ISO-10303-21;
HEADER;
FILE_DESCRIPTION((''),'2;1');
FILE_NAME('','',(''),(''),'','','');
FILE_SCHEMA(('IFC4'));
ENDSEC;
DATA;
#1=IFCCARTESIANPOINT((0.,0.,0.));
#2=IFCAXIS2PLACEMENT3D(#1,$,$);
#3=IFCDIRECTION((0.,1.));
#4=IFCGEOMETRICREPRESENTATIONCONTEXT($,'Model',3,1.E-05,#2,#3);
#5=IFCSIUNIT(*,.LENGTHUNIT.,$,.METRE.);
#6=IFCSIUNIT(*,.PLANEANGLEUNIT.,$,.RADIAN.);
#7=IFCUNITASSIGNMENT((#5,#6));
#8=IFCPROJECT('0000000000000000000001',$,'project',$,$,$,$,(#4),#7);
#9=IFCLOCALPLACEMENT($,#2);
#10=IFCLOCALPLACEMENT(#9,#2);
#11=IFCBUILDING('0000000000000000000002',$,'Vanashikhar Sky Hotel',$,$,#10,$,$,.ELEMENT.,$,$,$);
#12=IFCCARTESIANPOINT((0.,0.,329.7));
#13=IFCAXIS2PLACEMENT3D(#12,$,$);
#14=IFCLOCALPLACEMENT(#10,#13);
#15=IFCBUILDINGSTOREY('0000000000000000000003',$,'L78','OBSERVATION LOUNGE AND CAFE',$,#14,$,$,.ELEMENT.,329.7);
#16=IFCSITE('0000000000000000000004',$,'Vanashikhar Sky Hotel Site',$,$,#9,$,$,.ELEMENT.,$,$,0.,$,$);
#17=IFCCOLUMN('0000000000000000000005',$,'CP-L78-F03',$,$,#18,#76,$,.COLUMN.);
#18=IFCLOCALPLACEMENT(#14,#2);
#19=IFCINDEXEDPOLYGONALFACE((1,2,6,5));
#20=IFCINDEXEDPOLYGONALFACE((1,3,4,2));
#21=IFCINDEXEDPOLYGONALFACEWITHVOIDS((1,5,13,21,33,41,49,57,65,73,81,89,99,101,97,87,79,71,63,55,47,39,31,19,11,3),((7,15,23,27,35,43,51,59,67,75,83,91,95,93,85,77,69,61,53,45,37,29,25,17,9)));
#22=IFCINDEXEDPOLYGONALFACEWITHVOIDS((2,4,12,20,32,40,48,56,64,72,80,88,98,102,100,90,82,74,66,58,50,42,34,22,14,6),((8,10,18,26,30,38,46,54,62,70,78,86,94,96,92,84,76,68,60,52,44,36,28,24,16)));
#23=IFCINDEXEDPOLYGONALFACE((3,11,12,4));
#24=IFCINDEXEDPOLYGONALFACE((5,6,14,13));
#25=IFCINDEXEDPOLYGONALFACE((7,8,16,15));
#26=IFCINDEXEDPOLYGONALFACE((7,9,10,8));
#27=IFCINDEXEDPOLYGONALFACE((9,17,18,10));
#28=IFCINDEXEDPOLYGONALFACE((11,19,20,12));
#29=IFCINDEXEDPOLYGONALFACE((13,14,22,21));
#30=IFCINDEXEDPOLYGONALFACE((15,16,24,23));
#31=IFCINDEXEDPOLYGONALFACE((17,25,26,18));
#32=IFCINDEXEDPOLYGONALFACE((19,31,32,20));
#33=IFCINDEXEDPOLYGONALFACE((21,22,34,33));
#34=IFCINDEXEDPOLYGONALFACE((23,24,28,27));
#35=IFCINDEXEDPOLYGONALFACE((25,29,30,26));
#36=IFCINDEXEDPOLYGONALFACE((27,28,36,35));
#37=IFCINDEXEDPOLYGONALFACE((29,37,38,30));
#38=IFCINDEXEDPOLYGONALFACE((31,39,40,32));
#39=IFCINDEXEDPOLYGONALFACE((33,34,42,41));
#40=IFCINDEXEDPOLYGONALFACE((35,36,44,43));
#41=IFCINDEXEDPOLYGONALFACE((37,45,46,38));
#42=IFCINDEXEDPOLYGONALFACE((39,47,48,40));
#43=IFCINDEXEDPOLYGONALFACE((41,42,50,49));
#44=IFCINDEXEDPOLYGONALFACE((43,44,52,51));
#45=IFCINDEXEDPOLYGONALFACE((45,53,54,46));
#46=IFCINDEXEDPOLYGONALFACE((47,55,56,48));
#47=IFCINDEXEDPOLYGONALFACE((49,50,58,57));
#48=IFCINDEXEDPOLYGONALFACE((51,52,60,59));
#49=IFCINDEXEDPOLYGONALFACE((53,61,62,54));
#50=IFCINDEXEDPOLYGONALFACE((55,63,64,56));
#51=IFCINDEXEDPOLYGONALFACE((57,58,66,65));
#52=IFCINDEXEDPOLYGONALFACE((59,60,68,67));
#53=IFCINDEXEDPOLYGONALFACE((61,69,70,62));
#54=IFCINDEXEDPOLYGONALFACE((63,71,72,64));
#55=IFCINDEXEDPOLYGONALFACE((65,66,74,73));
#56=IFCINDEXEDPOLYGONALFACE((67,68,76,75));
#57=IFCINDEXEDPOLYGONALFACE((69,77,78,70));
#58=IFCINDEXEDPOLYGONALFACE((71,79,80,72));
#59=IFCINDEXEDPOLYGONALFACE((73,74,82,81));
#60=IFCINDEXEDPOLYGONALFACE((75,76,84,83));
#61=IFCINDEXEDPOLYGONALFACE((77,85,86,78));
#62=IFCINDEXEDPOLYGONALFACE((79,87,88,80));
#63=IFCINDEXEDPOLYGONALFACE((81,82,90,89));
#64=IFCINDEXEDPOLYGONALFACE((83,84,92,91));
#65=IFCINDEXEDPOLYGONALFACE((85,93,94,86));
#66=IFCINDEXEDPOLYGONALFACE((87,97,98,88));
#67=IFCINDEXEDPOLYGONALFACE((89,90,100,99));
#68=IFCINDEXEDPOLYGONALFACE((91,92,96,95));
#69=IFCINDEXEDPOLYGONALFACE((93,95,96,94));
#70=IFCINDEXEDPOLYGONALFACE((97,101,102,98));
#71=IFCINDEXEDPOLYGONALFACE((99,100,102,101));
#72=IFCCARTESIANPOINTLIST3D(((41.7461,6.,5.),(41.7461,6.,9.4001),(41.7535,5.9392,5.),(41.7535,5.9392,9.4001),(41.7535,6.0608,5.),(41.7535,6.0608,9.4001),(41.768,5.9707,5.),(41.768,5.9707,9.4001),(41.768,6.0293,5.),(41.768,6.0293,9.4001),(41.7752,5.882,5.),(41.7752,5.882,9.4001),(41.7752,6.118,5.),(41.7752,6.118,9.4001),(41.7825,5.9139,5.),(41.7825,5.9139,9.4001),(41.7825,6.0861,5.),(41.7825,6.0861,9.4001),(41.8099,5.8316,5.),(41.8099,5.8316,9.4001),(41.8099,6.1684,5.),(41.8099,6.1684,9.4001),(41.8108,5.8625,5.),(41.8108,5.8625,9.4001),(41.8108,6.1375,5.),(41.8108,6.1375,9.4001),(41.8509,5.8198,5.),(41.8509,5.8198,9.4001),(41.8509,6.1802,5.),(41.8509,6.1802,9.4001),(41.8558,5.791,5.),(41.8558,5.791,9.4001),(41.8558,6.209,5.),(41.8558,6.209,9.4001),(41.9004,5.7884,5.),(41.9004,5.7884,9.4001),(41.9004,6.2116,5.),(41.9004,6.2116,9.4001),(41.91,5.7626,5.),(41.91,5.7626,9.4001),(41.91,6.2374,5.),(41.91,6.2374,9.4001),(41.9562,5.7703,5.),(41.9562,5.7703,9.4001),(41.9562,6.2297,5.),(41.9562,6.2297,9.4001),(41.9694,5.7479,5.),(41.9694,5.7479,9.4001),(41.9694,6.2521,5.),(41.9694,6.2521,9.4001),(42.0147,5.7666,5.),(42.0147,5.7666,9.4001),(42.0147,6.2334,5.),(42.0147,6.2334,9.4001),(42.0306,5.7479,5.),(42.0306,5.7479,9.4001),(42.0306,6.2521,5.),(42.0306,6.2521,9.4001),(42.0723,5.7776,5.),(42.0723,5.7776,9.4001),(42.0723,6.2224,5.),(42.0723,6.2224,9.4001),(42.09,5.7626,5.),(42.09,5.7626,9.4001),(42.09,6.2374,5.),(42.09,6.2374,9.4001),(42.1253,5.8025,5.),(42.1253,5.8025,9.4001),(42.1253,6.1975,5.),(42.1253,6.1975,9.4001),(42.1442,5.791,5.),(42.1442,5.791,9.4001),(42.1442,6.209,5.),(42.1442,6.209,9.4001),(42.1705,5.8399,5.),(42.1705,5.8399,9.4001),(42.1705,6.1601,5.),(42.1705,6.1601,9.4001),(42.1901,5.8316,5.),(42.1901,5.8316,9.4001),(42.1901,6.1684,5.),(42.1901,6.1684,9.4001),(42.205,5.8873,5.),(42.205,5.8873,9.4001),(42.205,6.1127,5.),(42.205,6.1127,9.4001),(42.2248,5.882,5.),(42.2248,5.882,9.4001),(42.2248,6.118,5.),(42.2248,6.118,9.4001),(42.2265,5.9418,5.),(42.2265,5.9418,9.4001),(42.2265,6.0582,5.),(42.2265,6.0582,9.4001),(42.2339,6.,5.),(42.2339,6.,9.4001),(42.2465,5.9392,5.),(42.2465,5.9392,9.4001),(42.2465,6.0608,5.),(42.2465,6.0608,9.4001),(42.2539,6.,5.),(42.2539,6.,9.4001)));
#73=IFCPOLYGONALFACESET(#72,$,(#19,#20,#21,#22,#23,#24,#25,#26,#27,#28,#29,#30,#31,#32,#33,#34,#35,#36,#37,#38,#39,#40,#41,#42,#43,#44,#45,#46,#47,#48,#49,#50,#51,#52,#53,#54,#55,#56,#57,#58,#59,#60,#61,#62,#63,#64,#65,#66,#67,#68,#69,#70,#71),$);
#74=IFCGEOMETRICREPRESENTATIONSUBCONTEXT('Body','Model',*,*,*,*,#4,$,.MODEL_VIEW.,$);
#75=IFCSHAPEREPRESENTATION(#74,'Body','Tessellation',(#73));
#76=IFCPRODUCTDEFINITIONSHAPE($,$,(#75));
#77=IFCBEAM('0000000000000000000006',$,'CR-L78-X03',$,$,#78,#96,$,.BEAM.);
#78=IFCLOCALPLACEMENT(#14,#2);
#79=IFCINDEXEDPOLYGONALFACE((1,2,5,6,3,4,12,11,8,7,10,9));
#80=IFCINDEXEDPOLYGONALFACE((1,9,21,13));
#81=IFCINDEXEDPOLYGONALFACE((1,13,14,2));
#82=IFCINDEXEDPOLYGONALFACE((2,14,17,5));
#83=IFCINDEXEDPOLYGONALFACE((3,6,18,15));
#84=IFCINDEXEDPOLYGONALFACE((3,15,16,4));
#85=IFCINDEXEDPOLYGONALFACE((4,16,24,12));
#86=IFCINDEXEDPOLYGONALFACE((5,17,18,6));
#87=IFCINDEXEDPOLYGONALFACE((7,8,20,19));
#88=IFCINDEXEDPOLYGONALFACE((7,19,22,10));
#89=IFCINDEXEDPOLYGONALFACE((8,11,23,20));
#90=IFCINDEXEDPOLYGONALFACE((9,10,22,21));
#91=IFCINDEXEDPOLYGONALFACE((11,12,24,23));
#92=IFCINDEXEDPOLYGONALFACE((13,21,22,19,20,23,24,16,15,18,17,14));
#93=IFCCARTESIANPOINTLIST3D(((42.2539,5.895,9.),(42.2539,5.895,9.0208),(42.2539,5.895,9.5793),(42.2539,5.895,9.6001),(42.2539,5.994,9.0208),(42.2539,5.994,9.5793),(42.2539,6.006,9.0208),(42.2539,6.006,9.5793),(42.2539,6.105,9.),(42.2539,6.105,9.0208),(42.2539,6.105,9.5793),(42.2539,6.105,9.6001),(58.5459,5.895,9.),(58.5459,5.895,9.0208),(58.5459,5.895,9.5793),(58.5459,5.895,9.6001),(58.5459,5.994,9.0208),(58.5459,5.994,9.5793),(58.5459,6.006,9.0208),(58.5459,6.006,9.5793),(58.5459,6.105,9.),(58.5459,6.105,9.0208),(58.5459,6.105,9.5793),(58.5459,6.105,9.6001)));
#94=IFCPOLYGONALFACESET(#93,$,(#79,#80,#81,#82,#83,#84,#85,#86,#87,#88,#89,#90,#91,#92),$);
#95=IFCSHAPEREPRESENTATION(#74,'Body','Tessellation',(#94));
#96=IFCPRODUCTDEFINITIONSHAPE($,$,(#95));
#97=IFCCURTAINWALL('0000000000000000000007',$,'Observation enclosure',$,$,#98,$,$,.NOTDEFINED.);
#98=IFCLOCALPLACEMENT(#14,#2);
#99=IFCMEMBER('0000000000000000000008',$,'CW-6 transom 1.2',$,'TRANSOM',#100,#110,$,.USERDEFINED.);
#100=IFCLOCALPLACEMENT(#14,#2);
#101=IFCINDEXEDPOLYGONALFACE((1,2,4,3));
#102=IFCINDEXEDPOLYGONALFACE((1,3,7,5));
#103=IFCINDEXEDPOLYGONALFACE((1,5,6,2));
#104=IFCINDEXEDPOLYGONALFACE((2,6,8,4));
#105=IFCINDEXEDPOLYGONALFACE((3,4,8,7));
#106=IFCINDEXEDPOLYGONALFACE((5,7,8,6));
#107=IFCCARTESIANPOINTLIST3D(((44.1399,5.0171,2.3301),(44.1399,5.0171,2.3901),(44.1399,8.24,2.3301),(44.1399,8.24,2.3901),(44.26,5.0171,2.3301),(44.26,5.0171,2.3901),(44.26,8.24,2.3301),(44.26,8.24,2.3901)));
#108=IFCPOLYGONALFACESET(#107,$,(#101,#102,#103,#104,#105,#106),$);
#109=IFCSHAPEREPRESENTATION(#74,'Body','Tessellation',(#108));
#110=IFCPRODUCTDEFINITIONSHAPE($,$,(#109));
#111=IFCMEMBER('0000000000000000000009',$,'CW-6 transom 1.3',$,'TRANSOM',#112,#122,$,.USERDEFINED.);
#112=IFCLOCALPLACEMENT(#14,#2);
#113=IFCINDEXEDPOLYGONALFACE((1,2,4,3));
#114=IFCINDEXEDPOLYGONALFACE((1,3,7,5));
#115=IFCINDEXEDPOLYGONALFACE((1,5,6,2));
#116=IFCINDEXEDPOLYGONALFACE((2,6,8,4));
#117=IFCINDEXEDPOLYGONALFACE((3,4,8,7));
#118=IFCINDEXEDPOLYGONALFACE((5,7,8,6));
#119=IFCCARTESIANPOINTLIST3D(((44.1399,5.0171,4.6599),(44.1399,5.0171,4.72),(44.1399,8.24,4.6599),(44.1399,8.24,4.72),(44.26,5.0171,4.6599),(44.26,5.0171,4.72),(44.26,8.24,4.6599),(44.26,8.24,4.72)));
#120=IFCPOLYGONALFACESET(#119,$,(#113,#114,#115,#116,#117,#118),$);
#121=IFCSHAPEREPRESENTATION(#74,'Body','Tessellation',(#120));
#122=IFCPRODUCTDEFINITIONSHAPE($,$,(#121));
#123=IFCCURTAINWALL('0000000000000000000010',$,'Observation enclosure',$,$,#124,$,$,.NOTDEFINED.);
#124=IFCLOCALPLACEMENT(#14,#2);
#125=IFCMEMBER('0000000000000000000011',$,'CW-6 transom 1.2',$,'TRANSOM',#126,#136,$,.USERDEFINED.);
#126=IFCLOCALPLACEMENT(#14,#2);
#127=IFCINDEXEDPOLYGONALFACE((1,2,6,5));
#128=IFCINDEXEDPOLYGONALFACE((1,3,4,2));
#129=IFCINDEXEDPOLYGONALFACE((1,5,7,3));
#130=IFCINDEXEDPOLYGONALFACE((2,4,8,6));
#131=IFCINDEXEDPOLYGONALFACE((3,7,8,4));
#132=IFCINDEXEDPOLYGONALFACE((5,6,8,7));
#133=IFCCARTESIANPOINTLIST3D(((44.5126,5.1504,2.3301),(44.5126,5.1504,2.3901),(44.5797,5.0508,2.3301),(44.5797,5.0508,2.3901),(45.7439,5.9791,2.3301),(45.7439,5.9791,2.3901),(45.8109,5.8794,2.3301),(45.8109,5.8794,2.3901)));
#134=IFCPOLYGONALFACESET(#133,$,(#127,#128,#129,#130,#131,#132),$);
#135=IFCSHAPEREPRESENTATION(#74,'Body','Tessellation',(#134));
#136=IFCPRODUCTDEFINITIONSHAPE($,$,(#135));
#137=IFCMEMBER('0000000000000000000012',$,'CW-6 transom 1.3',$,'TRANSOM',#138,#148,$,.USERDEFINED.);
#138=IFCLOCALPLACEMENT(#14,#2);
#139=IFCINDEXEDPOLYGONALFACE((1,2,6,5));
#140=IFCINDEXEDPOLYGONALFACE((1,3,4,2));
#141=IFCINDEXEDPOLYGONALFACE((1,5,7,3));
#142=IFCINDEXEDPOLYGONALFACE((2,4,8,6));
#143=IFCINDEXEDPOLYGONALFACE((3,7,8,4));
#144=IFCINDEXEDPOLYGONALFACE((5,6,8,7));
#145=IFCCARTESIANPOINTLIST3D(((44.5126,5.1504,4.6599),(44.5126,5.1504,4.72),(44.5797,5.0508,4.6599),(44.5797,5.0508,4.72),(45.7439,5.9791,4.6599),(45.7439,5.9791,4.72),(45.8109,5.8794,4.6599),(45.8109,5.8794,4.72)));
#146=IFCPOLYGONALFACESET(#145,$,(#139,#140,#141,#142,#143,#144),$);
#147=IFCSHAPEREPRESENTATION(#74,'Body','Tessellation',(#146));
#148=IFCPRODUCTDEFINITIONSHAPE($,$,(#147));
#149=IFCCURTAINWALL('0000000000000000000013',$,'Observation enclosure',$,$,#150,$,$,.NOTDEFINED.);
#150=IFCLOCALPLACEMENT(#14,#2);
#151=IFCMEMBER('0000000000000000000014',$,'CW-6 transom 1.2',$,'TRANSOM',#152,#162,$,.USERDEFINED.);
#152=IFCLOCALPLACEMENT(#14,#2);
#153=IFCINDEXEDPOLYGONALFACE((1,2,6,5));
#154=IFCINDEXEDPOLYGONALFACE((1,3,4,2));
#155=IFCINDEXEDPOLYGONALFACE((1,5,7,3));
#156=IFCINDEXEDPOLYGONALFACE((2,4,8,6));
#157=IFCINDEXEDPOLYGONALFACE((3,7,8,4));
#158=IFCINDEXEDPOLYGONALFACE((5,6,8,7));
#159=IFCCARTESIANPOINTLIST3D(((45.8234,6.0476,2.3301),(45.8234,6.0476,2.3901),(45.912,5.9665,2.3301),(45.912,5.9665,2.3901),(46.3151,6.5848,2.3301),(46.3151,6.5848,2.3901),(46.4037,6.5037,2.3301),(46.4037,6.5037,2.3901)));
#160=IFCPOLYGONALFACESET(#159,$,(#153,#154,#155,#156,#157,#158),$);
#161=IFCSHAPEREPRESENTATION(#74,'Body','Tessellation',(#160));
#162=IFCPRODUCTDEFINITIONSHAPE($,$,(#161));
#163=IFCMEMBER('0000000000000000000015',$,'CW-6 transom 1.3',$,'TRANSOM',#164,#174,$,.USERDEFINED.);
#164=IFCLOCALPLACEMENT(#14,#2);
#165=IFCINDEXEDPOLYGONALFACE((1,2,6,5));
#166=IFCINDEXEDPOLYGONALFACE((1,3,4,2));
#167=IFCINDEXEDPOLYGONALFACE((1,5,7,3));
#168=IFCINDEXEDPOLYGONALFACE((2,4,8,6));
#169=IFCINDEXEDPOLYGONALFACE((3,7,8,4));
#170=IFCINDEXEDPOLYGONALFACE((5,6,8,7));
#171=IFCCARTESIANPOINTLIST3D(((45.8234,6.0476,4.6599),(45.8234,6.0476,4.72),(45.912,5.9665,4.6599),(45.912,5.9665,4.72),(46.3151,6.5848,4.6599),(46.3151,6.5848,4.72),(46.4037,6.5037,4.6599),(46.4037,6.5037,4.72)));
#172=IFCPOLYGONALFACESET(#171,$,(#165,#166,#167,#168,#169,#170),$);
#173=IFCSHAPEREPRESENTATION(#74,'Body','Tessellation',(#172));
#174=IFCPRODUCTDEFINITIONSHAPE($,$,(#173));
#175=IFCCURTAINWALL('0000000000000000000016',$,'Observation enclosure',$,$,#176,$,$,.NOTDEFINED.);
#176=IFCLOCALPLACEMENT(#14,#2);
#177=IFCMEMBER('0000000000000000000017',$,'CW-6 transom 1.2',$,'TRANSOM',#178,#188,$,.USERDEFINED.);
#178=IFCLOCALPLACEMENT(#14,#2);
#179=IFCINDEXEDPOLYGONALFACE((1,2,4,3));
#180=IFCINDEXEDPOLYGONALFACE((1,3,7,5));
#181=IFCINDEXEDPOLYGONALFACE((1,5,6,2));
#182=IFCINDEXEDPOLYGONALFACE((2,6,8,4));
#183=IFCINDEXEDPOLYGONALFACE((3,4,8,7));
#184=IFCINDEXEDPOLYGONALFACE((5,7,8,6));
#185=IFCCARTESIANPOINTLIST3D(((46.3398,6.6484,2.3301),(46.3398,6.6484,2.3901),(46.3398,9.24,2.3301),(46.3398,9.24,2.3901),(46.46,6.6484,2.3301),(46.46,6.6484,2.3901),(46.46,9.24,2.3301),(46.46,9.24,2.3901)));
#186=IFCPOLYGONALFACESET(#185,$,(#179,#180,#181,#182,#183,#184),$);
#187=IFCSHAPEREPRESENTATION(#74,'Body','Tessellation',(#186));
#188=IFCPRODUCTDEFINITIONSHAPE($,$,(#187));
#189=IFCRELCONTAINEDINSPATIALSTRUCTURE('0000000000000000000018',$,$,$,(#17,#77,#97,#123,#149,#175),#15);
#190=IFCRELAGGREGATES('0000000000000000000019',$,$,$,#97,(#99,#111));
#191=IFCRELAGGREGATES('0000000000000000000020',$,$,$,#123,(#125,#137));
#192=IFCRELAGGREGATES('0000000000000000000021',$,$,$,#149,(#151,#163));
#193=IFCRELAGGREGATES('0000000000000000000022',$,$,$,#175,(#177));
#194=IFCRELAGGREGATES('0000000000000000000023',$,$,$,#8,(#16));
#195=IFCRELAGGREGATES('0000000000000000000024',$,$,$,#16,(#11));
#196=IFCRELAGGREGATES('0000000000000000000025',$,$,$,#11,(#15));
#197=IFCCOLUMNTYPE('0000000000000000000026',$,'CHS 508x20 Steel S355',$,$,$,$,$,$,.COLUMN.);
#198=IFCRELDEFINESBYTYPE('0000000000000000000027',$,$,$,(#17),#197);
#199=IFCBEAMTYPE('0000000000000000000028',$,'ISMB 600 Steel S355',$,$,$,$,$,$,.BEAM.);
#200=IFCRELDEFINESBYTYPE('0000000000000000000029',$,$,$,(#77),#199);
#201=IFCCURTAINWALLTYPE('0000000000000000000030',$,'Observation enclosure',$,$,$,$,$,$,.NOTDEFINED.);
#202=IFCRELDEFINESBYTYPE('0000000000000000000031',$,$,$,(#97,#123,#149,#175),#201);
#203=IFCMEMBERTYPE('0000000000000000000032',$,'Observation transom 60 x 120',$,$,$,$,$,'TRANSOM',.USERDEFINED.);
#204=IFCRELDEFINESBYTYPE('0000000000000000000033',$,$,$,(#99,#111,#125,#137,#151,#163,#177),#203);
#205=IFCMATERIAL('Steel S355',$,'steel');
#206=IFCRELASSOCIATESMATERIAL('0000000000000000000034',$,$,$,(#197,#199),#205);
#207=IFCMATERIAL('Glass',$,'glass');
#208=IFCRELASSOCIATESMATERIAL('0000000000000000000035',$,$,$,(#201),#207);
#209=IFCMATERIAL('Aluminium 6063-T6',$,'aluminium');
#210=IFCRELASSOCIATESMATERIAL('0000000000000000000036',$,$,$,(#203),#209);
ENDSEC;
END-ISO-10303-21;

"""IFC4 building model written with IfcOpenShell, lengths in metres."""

from ifc_helpers import new_model, si_unit, direction, frame, origin, origin_2d, place, context, subcontext, project, spatial, rectangle, hollow_circle, i_section, extrude, source, transform, mapped, material, material_profile, profile_set, type_object, element, aggregate, save


model = new_model("IFC4")

# Units and contexts
model_context = context("Model", 3, precision=1e-05, world=origin(), true_north=direction((0.0, 1.0)))
body_context = subcontext(model_context, "Body", "Model", "MODEL_VIEW")
ifc_project = project(units=[si_unit("LENGTHUNIT", "METRE"), si_unit("PLANEANGLEUNIT", "RADIAN")], contexts=[model_context])

# Site, building, storey
site_placement = place(None, origin())
site = spatial("IfcSite", under=ifc_project, at=site_placement, Name="Vanashikhar Sky Hotel Site", CompositionType="ELEMENT", RefElevation=0.0)
building_placement = place(site_placement, origin())
building = spatial("IfcBuilding", under=site, at=building_placement, Name="Vanashikhar Sky Hotel", CompositionType="ELEMENT")
storey_placement = place(building_placement, frame((0.0, 0.0, 329.7)))
storey = spatial("IfcBuildingStorey", under=building, at=storey_placement, Name="L78", Description="OBSERVATION LOUNGE AND CAFE", CompositionType="ELEMENT", Elevation=329.7)

# Column
ifc_material_1 = material(Name="Steel S355", Category="steel")
ifc_material_profile_1 = material_profile(ifc_material_1, hollow_circle(Radius=0.2539, WallThickness=0.02, at=origin_2d()))
ifc_profile_set_1 = profile_set([ifc_material_profile_1], Name="CHS 508x20 Steel S355")
column_type = type_object("IfcColumnType", Name="CHS 508x20 Steel S355", PredefinedType="COLUMN", material=ifc_profile_set_1)
shared_shape_1 = source(origin(), body_context, "Body", "SweptSolid", [
    extrude(hollow_circle(Radius=0.2539, WallThickness=0.02, at=origin_2d()), origin(), (0.0, 0.0, 1.0), 4.4001),
])
column_placement = place(storey_placement, frame((42.0, 6.0, 5.0), z_axis=(0.0, 0.0, 1.0), x_axis=(1.0, 0.0, 0.0)))
element("IfcColumn", 1, at=column_placement, inside=storey, type_object=column_type, Name="CP-L78-F03", PredefinedType="COLUMN", context=body_context, shape_type="MappedRepresentation", body=[
    mapped(shared_shape_1, transform((0.0, 0.0, 0.0), scale=1.0)),
])

# Beam
ifc_material_profile_2 = material_profile(ifc_material_1, i_section(OverallWidth=0.21, OverallDepth=0.6001, WebThickness=0.012, FlangeThickness=0.0208, at=origin_2d()), Name="ISMB 600")
ifc_profile_set_2 = profile_set([ifc_material_profile_2], Name="Steel S355")
beam_type = type_object("IfcBeamType", Name="ISMB 600 Steel S355", PredefinedType="BEAM", material=ifc_profile_set_2)
shared_shape_2 = source(origin(), body_context, "Body", "SweptSolid", [
    extrude(i_section(OverallWidth=0.21, OverallDepth=0.6001, WebThickness=0.012, FlangeThickness=0.0208, at=origin_2d()), origin(), (0.0, 0.0, 1.0), 16.292),
])
beam_placement = place(storey_placement, frame((42.2539, 6.0, 9.3), z_axis=(1.0, 0.0, 0.0), x_axis=(0.0, 1.0, 0.0)))
element("IfcBeam", 2, at=beam_placement, inside=storey, type_object=beam_type, Name="CR-L78-X03", PredefinedType="BEAM", context=body_context, shape_type="MappedRepresentation", body=[
    mapped(shared_shape_2, transform((0.0, 0.0, 0.0), scale=1.0)),
])

# Curtain walls, members
ifc_material_2 = material(Name="Glass", Category="glass")
curtain_wall_type = type_object("IfcCurtainWallType", Name="Observation enclosure", PredefinedType="NOTDEFINED", material=ifc_material_2)
curtain_wall_1_placement = place(storey_placement, origin())
curtain_wall_1 = element("IfcCurtainWall", 3, at=curtain_wall_1_placement, inside=storey, type_object=curtain_wall_type, Name="Observation enclosure", PredefinedType="NOTDEFINED")
ifc_material_3 = material(Name="Aluminium 6063-T6", Category="aluminium")
ifc_material_profile_3 = material_profile(ifc_material_3, rectangle(XDim=0.1201, YDim=0.0601, at=origin_2d()))
ifc_profile_set_3 = profile_set([ifc_material_profile_3], Name="Aluminium 6063-T6")
member_type = type_object("IfcMemberType", Name="Observation transom 60 x 120", ElementType="TRANSOM", PredefinedType="USERDEFINED", material=ifc_profile_set_3)
shared_shape_3 = source(origin(), body_context, "Body", "SweptSolid", [
    extrude(rectangle(XDim=0.1201, YDim=0.0601, at=origin_2d()), origin(), (0.0, 0.0, 1.0), 3.2229),
])
member_1_placement = place(storey_placement, frame((44.2, 8.24, 2.3601), z_axis=(0.0, -1.0, 0.0), x_axis=(1.0, 0.0, 0.0)))
member_1 = element("IfcMember", 4, at=member_1_placement, type_object=member_type, Name="CW-6 transom 1.2", ObjectType="TRANSOM", PredefinedType="USERDEFINED", context=body_context, shape_type="MappedRepresentation", body=[
    mapped(shared_shape_3, transform((0.0, 0.0, 0.0), scale=1.0)),
])
member_2_placement = place(storey_placement, frame((44.2, 8.24, 4.6899), z_axis=(0.0, -1.0, 0.0), x_axis=(1.0, 0.0, 0.0)))
member_2 = element("IfcMember", 5, at=member_2_placement, type_object=member_type, Name="CW-6 transom 1.3", ObjectType="TRANSOM", PredefinedType="USERDEFINED", context=body_context, shape_type="MappedRepresentation", body=[
    mapped(shared_shape_3, transform((0.0, 0.0, 0.0), scale=1.0)),
])
curtain_wall_2_placement = place(storey_placement, origin())
curtain_wall_2 = element("IfcCurtainWall", 6, at=curtain_wall_2_placement, inside=storey, type_object=curtain_wall_type, Name="Observation enclosure", PredefinedType="NOTDEFINED")
shared_shape_4 = source(origin(), body_context, "Body", "SweptSolid", [
    extrude(rectangle(XDim=0.1201, YDim=0.0601, at=origin_2d()), origin(), (0.0, 0.0, 1.0), 1.4841),
])
member_3_placement = place(storey_placement, frame((44.5461, 5.1006, 2.3601), z_axis=(0.829613, 0.558339, 0.0), x_axis=(-0.558339, 0.829613, 0.0)))
member_3 = element("IfcMember", 7, at=member_3_placement, type_object=member_type, Name="CW-6 transom 1.2", ObjectType="TRANSOM", PredefinedType="USERDEFINED", context=body_context, shape_type="MappedRepresentation", body=[
    mapped(shared_shape_4, transform((0.0, 0.0, 0.0), scale=1.0)),
])
member_4_placement = place(storey_placement, frame((44.5461, 5.1006, 4.6899), z_axis=(0.829613, 0.558339, 0.0), x_axis=(-0.558339, 0.829613, 0.0)))
member_4 = element("IfcMember", 8, at=member_4_placement, type_object=member_type, Name="CW-6 transom 1.3", ObjectType="TRANSOM", PredefinedType="USERDEFINED", context=body_context, shape_type="MappedRepresentation", body=[
    mapped(shared_shape_4, transform((0.0, 0.0, 0.0), scale=1.0)),
])
curtain_wall_3_placement = place(storey_placement, origin())
curtain_wall_3 = element("IfcCurtainWall", 9, at=curtain_wall_3_placement, inside=storey, type_object=curtain_wall_type, Name="Observation enclosure", PredefinedType="NOTDEFINED")
shared_shape_5 = source(origin(), body_context, "Body", "SweptSolid", [
    extrude(rectangle(XDim=0.1201, YDim=0.0601, at=origin_2d()), origin(), (0.0, 0.0, 1.0), 0.7283),
])
member_5_placement = place(storey_placement, frame((45.8677, 6.0071, 2.3601), z_axis=(0.675239, 0.737599, 0.0), x_axis=(-0.737599, 0.675239, 0.0)))
member_5 = element("IfcMember", 10, at=member_5_placement, type_object=member_type, Name="CW-6 transom 1.2", ObjectType="TRANSOM", PredefinedType="USERDEFINED", context=body_context, shape_type="MappedRepresentation", body=[
    mapped(shared_shape_5, transform((0.0, 0.0, 0.0), scale=1.0)),
])
member_6_placement = place(storey_placement, frame((45.8677, 6.0071, 4.6899), z_axis=(0.675239, 0.737599, 0.0), x_axis=(-0.737599, 0.675239, 0.0)))
member_6 = element("IfcMember", 11, at=member_6_placement, type_object=member_type, Name="CW-6 transom 1.3", ObjectType="TRANSOM", PredefinedType="USERDEFINED", context=body_context, shape_type="MappedRepresentation", body=[
    mapped(shared_shape_5, transform((0.0, 0.0, 0.0), scale=1.0)),
])
curtain_wall_4_placement = place(storey_placement, origin())
curtain_wall_4 = element("IfcCurtainWall", 12, at=curtain_wall_4_placement, inside=storey, type_object=curtain_wall_type, Name="Observation enclosure", PredefinedType="NOTDEFINED")
shared_shape_6 = source(origin(), body_context, "Body", "SweptSolid", [
    extrude(rectangle(XDim=0.1201, YDim=0.0601, at=origin_2d()), origin(), (0.0, 0.0, 1.0), 2.5916),
])
member_7_placement = place(storey_placement, frame((46.3999, 6.6484, 2.3601), z_axis=(0.0, 1.0, 0.0), x_axis=(-1.0, 0.0, 0.0)))
member_7 = element("IfcMember", 13, at=member_7_placement, type_object=member_type, Name="CW-6 transom 1.2", ObjectType="TRANSOM", PredefinedType="USERDEFINED", context=body_context, shape_type="MappedRepresentation", body=[
    mapped(shared_shape_6, transform((0.0, 0.0, 0.0), scale=1.0)),
])

aggregate(curtain_wall_1, [member_1, member_2])
aggregate(curtain_wall_2, [member_3, member_4])
aggregate(curtain_wall_3, [member_5, member_6])
aggregate(curtain_wall_4, [member_7])

save(model, "model.ifc")
